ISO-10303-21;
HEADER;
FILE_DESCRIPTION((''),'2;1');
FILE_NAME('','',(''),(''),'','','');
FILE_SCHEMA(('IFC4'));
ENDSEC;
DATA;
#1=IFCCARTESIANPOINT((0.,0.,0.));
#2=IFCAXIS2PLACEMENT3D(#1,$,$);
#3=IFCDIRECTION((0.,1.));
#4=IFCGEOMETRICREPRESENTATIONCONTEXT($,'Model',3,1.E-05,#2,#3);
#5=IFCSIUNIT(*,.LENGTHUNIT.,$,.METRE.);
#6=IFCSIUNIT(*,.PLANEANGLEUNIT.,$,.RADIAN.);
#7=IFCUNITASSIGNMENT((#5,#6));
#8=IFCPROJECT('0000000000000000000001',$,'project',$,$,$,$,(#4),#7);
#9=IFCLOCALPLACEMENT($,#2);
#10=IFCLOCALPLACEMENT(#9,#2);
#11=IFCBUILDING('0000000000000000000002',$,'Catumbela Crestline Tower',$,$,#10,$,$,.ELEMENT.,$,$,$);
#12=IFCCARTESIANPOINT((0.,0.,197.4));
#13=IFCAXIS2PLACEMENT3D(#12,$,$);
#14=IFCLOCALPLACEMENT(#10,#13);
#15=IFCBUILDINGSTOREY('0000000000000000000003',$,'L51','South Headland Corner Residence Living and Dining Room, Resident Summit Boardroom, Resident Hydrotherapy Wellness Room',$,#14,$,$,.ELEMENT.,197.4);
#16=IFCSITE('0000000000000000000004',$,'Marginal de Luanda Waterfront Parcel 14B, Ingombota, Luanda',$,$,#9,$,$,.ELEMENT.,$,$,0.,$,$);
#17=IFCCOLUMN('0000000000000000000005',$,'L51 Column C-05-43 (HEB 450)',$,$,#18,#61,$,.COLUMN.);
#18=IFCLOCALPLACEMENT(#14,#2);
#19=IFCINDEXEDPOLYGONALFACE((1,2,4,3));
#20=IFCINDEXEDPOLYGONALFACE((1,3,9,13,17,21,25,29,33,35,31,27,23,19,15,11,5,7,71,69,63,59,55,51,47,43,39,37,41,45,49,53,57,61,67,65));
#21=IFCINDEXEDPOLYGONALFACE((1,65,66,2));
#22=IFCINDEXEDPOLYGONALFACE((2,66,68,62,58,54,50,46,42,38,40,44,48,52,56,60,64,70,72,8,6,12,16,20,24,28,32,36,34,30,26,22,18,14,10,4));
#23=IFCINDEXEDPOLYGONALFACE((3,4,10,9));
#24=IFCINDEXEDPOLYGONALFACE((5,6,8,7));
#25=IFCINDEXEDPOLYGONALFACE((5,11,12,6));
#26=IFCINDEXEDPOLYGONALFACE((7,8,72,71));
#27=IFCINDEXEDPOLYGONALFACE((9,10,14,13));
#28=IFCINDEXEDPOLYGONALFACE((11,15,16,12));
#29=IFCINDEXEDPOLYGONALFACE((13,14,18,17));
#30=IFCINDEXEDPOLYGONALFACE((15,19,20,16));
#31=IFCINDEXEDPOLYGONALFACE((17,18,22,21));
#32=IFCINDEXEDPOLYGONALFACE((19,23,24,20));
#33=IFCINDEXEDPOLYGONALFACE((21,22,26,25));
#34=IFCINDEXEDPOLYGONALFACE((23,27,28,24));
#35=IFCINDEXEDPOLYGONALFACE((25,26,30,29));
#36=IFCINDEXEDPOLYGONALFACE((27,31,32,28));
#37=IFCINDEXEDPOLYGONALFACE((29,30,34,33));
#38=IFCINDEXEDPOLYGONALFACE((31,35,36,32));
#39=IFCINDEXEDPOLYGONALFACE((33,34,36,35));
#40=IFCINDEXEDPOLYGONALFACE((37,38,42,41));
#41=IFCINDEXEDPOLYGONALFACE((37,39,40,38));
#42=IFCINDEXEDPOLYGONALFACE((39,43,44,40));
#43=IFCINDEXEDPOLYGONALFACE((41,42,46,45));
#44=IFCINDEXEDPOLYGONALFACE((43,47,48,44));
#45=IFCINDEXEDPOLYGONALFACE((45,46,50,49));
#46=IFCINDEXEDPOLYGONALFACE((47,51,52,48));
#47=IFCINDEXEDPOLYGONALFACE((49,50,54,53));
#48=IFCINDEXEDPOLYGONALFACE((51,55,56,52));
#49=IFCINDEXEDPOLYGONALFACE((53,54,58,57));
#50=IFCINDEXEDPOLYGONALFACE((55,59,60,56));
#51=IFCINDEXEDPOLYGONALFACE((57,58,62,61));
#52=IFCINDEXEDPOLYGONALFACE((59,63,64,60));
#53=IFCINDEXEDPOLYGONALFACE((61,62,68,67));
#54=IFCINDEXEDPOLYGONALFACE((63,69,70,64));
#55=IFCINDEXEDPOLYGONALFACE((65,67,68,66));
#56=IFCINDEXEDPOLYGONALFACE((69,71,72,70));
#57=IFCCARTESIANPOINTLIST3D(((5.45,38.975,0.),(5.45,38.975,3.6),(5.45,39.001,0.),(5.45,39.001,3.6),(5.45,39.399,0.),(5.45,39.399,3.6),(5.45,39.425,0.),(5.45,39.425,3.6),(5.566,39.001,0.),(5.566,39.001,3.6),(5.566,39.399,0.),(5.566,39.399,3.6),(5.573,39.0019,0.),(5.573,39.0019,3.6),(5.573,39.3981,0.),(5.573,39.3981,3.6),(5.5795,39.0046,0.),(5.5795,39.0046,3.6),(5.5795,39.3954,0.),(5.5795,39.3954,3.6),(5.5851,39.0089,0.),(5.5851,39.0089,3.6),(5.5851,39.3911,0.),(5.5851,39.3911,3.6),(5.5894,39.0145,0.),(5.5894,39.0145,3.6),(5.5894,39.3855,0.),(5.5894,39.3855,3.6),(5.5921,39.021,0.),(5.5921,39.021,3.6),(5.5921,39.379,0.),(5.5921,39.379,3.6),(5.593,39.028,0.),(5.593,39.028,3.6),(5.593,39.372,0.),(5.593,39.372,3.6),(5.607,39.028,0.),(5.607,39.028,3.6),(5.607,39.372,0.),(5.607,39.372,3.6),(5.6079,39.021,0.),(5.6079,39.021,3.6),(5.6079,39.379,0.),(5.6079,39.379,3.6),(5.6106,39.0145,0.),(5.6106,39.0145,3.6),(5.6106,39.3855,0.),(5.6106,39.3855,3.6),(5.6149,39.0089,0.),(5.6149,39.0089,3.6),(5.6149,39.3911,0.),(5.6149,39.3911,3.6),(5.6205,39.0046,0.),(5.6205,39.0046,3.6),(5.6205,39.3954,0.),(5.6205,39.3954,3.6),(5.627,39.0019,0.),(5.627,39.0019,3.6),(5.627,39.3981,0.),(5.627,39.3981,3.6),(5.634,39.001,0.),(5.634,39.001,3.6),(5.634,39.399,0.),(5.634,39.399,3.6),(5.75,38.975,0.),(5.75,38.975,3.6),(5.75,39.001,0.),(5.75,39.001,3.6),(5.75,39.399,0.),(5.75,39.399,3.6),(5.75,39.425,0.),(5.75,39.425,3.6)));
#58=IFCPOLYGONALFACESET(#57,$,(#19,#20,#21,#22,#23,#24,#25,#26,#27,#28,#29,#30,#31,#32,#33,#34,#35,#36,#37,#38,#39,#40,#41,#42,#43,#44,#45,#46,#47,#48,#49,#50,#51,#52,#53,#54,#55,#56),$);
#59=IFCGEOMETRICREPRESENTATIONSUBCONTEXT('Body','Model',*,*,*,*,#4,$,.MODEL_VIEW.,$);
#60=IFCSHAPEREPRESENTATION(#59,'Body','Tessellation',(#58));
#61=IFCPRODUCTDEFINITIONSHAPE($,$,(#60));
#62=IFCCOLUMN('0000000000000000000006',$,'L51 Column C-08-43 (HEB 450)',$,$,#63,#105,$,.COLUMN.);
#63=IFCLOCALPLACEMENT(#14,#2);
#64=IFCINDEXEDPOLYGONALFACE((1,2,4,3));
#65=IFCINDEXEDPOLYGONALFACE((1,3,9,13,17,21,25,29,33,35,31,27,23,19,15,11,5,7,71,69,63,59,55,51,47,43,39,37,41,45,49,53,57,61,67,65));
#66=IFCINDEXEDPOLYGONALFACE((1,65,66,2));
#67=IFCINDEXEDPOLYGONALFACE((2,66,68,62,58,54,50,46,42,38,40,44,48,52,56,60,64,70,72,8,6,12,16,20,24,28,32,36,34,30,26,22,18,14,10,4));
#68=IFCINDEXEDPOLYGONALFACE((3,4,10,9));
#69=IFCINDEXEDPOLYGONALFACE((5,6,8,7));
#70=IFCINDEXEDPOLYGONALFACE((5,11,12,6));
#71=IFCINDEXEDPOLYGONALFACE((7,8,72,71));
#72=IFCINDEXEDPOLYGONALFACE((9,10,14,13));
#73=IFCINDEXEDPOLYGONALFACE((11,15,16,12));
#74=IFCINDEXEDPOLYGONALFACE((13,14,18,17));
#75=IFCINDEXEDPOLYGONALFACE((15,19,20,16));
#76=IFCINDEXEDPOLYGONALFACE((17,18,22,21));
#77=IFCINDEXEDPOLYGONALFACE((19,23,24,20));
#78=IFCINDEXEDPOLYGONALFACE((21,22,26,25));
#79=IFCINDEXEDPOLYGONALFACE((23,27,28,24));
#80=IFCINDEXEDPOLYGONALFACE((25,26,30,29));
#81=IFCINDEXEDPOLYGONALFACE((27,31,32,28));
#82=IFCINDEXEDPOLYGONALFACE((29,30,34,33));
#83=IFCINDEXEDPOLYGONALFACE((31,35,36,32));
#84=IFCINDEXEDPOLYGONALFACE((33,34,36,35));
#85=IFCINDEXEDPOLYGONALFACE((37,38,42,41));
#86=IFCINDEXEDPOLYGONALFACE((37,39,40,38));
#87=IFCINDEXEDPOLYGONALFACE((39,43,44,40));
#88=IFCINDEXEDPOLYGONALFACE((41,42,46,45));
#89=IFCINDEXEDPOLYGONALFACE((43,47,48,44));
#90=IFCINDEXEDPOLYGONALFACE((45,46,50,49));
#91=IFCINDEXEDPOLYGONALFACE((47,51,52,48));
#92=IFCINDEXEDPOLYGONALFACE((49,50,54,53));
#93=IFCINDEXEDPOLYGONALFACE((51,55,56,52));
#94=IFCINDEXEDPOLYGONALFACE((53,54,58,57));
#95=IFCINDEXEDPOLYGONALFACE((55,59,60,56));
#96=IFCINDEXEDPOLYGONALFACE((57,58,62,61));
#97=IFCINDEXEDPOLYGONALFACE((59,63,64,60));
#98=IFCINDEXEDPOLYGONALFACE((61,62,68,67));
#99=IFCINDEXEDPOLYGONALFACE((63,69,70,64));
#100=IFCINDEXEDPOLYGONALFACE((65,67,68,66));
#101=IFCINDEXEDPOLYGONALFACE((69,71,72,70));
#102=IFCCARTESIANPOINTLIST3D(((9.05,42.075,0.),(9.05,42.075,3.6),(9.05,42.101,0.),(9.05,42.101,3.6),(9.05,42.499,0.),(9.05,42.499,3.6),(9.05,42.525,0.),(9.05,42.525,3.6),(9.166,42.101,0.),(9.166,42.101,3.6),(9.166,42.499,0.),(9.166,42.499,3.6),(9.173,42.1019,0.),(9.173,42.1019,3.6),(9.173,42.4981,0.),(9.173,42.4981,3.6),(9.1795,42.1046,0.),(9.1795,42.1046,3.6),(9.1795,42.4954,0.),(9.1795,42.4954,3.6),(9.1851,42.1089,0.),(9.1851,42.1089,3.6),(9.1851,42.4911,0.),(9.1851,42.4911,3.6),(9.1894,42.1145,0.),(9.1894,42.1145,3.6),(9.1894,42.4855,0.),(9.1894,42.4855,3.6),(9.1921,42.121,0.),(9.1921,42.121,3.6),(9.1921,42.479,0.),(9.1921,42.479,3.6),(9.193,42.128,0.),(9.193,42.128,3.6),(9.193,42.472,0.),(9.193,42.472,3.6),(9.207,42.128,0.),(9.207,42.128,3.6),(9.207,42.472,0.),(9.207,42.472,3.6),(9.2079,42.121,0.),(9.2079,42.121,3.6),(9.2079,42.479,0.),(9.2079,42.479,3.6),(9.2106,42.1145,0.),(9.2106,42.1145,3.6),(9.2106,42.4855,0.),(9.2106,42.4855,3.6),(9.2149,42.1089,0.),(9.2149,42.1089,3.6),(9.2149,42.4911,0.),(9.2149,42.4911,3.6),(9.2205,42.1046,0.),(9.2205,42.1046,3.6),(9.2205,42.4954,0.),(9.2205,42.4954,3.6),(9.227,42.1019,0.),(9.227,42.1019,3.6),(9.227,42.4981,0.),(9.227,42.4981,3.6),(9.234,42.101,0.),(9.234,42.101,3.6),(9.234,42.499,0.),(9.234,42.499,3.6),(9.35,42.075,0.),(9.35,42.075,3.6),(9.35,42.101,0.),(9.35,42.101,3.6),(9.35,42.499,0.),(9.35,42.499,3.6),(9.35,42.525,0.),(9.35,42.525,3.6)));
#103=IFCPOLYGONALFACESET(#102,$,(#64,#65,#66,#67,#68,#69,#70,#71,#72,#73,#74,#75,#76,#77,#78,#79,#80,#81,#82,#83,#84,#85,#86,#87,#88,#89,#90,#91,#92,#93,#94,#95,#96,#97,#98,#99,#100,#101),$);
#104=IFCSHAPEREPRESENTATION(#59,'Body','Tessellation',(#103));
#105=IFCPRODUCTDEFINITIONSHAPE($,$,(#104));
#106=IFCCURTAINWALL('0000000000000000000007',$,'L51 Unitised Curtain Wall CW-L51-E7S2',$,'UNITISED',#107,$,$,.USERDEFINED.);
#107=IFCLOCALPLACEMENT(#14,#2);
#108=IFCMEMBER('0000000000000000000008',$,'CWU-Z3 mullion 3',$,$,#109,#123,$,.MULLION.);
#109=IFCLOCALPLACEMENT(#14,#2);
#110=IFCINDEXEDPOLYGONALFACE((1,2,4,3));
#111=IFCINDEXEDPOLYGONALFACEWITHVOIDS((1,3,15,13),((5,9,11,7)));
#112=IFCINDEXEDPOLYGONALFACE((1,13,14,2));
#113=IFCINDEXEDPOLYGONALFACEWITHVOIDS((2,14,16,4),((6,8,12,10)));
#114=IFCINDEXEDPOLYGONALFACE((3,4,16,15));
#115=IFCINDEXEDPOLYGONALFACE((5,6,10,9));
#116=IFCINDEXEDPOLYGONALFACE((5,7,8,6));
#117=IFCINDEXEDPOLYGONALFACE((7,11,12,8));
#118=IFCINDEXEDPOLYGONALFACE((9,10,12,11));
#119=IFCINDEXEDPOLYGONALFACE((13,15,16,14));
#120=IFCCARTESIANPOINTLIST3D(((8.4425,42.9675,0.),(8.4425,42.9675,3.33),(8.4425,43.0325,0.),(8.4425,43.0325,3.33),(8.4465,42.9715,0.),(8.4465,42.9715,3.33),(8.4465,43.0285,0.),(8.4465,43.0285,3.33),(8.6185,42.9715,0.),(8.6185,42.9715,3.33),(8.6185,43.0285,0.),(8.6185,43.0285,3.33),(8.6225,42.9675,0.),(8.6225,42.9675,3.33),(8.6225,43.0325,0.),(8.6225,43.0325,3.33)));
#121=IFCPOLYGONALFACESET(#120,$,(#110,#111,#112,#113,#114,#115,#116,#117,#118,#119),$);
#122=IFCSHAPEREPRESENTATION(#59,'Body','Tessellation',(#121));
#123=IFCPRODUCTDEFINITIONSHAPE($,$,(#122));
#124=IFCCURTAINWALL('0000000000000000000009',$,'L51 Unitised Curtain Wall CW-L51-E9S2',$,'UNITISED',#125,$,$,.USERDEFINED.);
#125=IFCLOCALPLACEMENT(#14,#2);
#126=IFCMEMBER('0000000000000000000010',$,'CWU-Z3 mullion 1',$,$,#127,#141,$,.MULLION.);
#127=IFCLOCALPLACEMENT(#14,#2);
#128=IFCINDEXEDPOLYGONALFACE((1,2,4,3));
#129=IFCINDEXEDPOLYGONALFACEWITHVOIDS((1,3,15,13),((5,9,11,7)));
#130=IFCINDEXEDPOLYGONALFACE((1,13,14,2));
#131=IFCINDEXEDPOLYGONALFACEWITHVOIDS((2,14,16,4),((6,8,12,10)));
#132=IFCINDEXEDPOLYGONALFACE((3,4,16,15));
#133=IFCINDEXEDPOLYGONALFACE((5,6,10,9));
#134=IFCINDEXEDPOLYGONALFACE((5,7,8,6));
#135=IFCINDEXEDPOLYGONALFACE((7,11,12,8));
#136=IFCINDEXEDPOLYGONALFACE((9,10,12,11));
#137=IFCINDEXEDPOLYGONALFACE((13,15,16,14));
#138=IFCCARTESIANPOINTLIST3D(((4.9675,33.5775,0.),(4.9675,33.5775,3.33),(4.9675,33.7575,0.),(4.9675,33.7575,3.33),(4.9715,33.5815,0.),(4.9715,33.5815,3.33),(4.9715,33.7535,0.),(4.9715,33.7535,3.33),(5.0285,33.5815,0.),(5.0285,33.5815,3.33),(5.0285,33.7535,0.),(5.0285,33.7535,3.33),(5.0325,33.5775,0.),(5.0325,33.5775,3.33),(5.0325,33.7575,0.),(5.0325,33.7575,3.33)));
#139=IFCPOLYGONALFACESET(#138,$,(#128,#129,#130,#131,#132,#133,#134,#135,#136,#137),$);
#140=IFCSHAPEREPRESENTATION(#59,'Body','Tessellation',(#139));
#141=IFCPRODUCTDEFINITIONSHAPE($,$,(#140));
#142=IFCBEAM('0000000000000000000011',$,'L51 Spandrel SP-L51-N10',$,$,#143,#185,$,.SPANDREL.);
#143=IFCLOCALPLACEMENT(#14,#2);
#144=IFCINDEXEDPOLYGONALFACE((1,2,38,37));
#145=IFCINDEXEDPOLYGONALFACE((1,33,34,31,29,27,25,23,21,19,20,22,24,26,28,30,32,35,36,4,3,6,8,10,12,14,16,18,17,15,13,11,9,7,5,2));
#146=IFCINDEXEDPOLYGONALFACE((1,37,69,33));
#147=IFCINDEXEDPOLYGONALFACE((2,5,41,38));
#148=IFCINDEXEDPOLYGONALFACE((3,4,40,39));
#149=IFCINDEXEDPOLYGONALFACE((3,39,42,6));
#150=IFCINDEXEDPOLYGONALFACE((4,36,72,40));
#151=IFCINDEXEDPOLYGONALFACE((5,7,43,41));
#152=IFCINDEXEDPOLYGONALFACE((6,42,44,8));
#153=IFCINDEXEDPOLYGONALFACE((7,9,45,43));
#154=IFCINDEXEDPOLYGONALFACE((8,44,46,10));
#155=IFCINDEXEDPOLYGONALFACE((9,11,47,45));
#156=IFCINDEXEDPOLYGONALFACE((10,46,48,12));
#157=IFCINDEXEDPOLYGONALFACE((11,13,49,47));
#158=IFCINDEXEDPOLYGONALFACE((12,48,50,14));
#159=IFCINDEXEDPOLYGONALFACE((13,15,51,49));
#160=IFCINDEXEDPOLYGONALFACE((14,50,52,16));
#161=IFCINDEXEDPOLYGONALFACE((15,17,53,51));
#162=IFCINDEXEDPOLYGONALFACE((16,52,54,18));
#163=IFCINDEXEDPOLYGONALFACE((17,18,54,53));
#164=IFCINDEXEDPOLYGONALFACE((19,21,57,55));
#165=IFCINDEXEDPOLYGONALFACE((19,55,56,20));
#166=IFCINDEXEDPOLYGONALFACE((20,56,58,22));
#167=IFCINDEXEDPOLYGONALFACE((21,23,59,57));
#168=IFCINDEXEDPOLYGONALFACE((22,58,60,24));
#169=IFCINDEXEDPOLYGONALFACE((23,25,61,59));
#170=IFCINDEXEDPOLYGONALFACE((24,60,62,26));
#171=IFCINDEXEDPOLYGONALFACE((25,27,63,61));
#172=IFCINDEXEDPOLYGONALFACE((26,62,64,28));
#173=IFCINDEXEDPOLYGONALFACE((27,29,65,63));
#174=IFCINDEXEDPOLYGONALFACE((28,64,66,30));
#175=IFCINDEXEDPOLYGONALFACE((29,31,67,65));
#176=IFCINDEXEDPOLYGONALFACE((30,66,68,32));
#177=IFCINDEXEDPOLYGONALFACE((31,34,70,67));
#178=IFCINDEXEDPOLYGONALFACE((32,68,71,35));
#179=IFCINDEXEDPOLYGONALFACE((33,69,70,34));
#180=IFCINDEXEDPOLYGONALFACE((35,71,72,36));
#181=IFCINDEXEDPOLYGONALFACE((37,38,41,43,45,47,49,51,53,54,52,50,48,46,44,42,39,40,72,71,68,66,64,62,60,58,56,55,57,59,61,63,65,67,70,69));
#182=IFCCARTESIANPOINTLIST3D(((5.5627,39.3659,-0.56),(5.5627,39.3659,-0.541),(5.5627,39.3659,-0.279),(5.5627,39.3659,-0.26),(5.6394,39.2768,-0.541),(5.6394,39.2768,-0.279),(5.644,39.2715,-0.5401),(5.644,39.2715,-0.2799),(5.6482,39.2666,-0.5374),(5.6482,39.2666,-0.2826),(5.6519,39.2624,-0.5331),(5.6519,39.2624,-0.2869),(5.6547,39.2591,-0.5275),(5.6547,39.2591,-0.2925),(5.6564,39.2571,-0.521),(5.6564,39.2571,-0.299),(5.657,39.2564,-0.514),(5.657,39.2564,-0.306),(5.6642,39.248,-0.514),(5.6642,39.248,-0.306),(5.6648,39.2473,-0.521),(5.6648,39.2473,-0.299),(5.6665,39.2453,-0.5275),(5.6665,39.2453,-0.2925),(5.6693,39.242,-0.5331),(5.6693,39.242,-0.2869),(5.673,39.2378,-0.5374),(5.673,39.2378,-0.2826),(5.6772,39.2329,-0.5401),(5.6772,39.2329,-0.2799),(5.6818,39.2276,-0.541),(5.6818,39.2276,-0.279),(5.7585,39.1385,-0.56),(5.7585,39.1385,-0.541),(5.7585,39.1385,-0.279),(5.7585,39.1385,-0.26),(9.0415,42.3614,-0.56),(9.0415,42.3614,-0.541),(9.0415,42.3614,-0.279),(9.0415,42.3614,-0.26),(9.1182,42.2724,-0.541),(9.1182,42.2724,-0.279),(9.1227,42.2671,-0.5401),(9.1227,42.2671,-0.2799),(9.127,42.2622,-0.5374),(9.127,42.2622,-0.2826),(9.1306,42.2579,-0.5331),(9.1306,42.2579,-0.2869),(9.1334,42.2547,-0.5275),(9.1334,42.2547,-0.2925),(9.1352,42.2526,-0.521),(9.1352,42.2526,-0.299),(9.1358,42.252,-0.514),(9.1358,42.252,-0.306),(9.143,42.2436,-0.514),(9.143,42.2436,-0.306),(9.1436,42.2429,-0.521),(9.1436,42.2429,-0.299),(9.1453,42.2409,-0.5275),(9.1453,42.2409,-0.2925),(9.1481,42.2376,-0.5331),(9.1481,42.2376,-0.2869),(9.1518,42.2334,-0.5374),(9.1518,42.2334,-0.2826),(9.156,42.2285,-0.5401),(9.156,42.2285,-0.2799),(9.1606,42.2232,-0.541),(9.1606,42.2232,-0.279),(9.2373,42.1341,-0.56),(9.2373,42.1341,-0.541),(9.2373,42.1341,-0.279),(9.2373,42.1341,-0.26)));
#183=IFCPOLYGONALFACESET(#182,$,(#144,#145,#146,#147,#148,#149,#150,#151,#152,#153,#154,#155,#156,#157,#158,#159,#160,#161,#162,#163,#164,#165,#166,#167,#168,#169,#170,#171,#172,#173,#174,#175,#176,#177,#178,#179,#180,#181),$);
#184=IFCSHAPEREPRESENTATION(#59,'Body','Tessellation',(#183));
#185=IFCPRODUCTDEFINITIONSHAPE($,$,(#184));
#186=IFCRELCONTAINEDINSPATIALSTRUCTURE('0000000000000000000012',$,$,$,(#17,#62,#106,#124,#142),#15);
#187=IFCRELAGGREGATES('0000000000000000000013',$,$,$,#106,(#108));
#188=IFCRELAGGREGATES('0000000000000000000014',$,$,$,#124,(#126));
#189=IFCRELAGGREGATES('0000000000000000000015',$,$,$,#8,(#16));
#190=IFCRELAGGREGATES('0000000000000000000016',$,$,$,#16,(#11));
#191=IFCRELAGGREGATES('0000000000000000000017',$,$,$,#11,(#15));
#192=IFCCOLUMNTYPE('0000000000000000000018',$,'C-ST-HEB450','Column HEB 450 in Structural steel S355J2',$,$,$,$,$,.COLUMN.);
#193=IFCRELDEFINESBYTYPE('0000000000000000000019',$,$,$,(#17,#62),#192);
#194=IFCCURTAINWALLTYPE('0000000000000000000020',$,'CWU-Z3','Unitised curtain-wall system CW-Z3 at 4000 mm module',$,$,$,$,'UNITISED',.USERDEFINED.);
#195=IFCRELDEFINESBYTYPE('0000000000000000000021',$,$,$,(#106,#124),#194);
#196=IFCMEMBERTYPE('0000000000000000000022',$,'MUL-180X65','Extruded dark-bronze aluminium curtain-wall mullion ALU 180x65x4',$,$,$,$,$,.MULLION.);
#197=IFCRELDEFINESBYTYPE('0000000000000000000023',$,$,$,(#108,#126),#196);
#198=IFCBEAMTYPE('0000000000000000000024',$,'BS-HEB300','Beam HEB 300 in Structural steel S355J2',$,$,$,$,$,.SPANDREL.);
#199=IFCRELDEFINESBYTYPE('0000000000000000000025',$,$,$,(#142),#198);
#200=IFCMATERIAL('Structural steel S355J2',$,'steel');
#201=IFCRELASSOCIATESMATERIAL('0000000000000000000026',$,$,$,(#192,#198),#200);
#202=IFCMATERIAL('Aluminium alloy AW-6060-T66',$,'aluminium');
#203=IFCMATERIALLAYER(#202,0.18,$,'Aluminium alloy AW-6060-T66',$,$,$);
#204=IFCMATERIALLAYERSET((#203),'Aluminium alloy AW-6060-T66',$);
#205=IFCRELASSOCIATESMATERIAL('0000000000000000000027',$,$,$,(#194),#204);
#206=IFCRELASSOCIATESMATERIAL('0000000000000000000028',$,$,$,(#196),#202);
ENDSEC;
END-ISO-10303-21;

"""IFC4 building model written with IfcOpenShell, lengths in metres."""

from ifc_helpers import new_model, si_unit, direction, frame, origin, origin_2d, place, context, subcontext, project, spatial, hollow_rectangle, i_section, extrude, material, layer, layer_set, material_profile, profile_set, type_object, element, aggregate, save


model = new_model("IFC4")

# Units and contexts
model_context = context("Model", 3, precision=1e-05, world=origin(), true_north=direction((0.0, 1.0)))
body_context = subcontext(model_context, "Body", "Model", "MODEL_VIEW")
ifc_project = project(units=[si_unit("LENGTHUNIT", "METRE"), si_unit("PLANEANGLEUNIT", "RADIAN")], contexts=[model_context])

# Site, building, storey
site_placement = place(None, origin())
site = spatial("IfcSite", under=ifc_project, at=site_placement, Name="Marginal de Luanda Waterfront Parcel 14B, Ingombota, Luanda", CompositionType="ELEMENT", RefElevation=0.0)
building_placement = place(site_placement, origin())
building = spatial("IfcBuilding", under=site, at=building_placement, Name="Catumbela Crestline Tower", CompositionType="ELEMENT")
storey_placement = place(building_placement, frame((0.0, 0.0, 197.4)))
storey = spatial("IfcBuildingStorey", under=building, at=storey_placement, Name="L51", Description="South Headland Corner Residence Living and Dining Room, Resident Summit Boardroom, Resident Hydrotherapy Wellness Room", CompositionType="ELEMENT", Elevation=197.4)

# Columns
ifc_material_1 = material(Name="Structural steel S355J2", Category="steel")
ifc_material_profile_1 = material_profile(ifc_material_1, i_section(OverallWidth=0.3, OverallDepth=0.45, WebThickness=0.014, FlangeThickness=0.026, FilletRadius=0.027, at=origin_2d()), Name="HEB 450")
ifc_profile_set_1 = profile_set([ifc_material_profile_1], Name="Structural steel S355J2")
column_type = type_object("IfcColumnType", Name="C-ST-HEB450", Description="Column HEB 450 in Structural steel S355J2", PredefinedType="COLUMN", material=ifc_profile_set_1)
for number, where, z_axis, x_axis, name in (
    (1, (5.6, 39.2, 0.0), (0.0, 0.0, 1.0), (1.0, 0.0, 0.0), "L51 Column C-05-43 (HEB 450)"),
    (2, (9.2, 42.3, 0.0), (0.0, 0.0, 1.0), (1.0, 0.0, 0.0), "L51 Column C-08-43 (HEB 450)"),
):
    element("IfcColumn", number, at=place(storey_placement, frame(where, z_axis=z_axis, x_axis=x_axis)), inside=storey, type_object=column_type, Name=name, PredefinedType="COLUMN", context=body_context, shape_type="SweptSolid", body=[
        extrude(i_section(OverallWidth=0.3, OverallDepth=0.45, WebThickness=0.014, FlangeThickness=0.026, FilletRadius=0.027, at=origin_2d()), origin(), (0.0, 0.0, 1.0), 3.6),
    ])

# Curtain walls, members
ifc_material_2 = material(Name="Aluminium alloy AW-6060-T66", Category="aluminium")
ifc_layer_1 = layer(ifc_material_2, 0.18, Name="Aluminium alloy AW-6060-T66")
ifc_layer_set_1 = layer_set([ifc_layer_1], Name="Aluminium alloy AW-6060-T66")
curtain_wall_type = type_object("IfcCurtainWallType", Name="CWU-Z3", Description="Unitised curtain-wall system CW-Z3 at 4000 mm module", ElementType="UNITISED", PredefinedType="USERDEFINED", material=ifc_layer_set_1)
curtain_wall_1_placement = place(storey_placement, origin())
curtain_wall_1 = element("IfcCurtainWall", 3, at=curtain_wall_1_placement, inside=storey, type_object=curtain_wall_type, Name="L51 Unitised Curtain Wall CW-L51-E7S2", ObjectType="UNITISED", PredefinedType="USERDEFINED")
ifc_material_profile_2 = material_profile(ifc_material_2, hollow_rectangle(XDim=0.065, YDim=0.18, WallThickness=0.004, at=origin_2d()), Name="ALU 180x65x4")
ifc_profile_set_2 = profile_set([ifc_material_profile_2], Name="Aluminium alloy AW-6060-T66")
member_type_1 = type_object("IfcMemberType", Name="MUL-180X65", Description="Extruded dark-bronze aluminium curtain-wall mullion ALU 180x65x4", PredefinedType="MULLION", material=ifc_profile_set_2)
member_1_placement = place(storey_placement, frame((8.5325, 43.0, 0.0), z_axis=(0.0, 0.0, 1.0), x_axis=(0.0, -1.0, 0.0)))
member_1 = element("IfcMember", 4, at=member_1_placement, type_object=member_type_1, Name="CWU-Z3 mullion 3", PredefinedType="MULLION", context=body_context, shape_type="SweptSolid", body=[
    extrude(hollow_rectangle(XDim=0.065, YDim=0.18, WallThickness=0.004, at=origin_2d()), origin(), (0.0, 0.0, 1.0), 3.33),
])
curtain_wall_2_placement = place(storey_placement, origin())
curtain_wall_2 = element("IfcCurtainWall", 5, at=curtain_wall_2_placement, inside=storey, type_object=curtain_wall_type, Name="L51 Unitised Curtain Wall CW-L51-E9S2", ObjectType="UNITISED", PredefinedType="USERDEFINED")
member_2_placement = place(storey_placement, frame((5.0, 33.6675, 0.0), z_axis=(0.0, 0.0, 1.0), x_axis=(1.0, 0.0, 0.0)))
member_2 = element("IfcMember", 6, at=member_2_placement, type_object=member_type_1, Name="CWU-Z3 mullion 1", PredefinedType="MULLION", context=body_context, shape_type="SweptSolid", body=[
    extrude(hollow_rectangle(XDim=0.065, YDim=0.18, WallThickness=0.004, at=origin_2d()), origin(), (0.0, 0.0, 1.0), 3.33),
])

# Beam
ifc_material_profile_3 = material_profile(ifc_material_1, i_section(OverallWidth=0.3, OverallDepth=0.3, WebThickness=0.011, FlangeThickness=0.019, FilletRadius=0.027, at=origin_2d()), Name="HEB 300")
ifc_profile_set_3 = profile_set([ifc_material_profile_3], Name="Structural steel S355J2")
beam_type = type_object("IfcBeamType", Name="BS-HEB300", Description="Beam HEB 300 in Structural steel S355J2", PredefinedType="SPANDREL", material=ifc_profile_set_3)
beam_placement = place(storey_placement, frame((5.6606, 39.2522, -0.41), z_axis=(0.757772, 0.652519, 0.0), x_axis=(-0.652519, 0.757772, 0.0)))
element("IfcBeam", 7, at=beam_placement, inside=storey, type_object=beam_type, Name="L51 Spandrel SP-L51-N10", PredefinedType="SPANDREL", context=body_context, shape_type="SweptSolid", body=[
    extrude(i_section(OverallWidth=0.3, OverallDepth=0.3, WebThickness=0.011, FlangeThickness=0.019, FilletRadius=0.027, at=origin_2d()), origin(), (0.0, 0.0, 1.0), 4.5908),
])

aggregate(curtain_wall_1, [member_1])
aggregate(curtain_wall_2, [member_2])

save(model, "model.ifc")
